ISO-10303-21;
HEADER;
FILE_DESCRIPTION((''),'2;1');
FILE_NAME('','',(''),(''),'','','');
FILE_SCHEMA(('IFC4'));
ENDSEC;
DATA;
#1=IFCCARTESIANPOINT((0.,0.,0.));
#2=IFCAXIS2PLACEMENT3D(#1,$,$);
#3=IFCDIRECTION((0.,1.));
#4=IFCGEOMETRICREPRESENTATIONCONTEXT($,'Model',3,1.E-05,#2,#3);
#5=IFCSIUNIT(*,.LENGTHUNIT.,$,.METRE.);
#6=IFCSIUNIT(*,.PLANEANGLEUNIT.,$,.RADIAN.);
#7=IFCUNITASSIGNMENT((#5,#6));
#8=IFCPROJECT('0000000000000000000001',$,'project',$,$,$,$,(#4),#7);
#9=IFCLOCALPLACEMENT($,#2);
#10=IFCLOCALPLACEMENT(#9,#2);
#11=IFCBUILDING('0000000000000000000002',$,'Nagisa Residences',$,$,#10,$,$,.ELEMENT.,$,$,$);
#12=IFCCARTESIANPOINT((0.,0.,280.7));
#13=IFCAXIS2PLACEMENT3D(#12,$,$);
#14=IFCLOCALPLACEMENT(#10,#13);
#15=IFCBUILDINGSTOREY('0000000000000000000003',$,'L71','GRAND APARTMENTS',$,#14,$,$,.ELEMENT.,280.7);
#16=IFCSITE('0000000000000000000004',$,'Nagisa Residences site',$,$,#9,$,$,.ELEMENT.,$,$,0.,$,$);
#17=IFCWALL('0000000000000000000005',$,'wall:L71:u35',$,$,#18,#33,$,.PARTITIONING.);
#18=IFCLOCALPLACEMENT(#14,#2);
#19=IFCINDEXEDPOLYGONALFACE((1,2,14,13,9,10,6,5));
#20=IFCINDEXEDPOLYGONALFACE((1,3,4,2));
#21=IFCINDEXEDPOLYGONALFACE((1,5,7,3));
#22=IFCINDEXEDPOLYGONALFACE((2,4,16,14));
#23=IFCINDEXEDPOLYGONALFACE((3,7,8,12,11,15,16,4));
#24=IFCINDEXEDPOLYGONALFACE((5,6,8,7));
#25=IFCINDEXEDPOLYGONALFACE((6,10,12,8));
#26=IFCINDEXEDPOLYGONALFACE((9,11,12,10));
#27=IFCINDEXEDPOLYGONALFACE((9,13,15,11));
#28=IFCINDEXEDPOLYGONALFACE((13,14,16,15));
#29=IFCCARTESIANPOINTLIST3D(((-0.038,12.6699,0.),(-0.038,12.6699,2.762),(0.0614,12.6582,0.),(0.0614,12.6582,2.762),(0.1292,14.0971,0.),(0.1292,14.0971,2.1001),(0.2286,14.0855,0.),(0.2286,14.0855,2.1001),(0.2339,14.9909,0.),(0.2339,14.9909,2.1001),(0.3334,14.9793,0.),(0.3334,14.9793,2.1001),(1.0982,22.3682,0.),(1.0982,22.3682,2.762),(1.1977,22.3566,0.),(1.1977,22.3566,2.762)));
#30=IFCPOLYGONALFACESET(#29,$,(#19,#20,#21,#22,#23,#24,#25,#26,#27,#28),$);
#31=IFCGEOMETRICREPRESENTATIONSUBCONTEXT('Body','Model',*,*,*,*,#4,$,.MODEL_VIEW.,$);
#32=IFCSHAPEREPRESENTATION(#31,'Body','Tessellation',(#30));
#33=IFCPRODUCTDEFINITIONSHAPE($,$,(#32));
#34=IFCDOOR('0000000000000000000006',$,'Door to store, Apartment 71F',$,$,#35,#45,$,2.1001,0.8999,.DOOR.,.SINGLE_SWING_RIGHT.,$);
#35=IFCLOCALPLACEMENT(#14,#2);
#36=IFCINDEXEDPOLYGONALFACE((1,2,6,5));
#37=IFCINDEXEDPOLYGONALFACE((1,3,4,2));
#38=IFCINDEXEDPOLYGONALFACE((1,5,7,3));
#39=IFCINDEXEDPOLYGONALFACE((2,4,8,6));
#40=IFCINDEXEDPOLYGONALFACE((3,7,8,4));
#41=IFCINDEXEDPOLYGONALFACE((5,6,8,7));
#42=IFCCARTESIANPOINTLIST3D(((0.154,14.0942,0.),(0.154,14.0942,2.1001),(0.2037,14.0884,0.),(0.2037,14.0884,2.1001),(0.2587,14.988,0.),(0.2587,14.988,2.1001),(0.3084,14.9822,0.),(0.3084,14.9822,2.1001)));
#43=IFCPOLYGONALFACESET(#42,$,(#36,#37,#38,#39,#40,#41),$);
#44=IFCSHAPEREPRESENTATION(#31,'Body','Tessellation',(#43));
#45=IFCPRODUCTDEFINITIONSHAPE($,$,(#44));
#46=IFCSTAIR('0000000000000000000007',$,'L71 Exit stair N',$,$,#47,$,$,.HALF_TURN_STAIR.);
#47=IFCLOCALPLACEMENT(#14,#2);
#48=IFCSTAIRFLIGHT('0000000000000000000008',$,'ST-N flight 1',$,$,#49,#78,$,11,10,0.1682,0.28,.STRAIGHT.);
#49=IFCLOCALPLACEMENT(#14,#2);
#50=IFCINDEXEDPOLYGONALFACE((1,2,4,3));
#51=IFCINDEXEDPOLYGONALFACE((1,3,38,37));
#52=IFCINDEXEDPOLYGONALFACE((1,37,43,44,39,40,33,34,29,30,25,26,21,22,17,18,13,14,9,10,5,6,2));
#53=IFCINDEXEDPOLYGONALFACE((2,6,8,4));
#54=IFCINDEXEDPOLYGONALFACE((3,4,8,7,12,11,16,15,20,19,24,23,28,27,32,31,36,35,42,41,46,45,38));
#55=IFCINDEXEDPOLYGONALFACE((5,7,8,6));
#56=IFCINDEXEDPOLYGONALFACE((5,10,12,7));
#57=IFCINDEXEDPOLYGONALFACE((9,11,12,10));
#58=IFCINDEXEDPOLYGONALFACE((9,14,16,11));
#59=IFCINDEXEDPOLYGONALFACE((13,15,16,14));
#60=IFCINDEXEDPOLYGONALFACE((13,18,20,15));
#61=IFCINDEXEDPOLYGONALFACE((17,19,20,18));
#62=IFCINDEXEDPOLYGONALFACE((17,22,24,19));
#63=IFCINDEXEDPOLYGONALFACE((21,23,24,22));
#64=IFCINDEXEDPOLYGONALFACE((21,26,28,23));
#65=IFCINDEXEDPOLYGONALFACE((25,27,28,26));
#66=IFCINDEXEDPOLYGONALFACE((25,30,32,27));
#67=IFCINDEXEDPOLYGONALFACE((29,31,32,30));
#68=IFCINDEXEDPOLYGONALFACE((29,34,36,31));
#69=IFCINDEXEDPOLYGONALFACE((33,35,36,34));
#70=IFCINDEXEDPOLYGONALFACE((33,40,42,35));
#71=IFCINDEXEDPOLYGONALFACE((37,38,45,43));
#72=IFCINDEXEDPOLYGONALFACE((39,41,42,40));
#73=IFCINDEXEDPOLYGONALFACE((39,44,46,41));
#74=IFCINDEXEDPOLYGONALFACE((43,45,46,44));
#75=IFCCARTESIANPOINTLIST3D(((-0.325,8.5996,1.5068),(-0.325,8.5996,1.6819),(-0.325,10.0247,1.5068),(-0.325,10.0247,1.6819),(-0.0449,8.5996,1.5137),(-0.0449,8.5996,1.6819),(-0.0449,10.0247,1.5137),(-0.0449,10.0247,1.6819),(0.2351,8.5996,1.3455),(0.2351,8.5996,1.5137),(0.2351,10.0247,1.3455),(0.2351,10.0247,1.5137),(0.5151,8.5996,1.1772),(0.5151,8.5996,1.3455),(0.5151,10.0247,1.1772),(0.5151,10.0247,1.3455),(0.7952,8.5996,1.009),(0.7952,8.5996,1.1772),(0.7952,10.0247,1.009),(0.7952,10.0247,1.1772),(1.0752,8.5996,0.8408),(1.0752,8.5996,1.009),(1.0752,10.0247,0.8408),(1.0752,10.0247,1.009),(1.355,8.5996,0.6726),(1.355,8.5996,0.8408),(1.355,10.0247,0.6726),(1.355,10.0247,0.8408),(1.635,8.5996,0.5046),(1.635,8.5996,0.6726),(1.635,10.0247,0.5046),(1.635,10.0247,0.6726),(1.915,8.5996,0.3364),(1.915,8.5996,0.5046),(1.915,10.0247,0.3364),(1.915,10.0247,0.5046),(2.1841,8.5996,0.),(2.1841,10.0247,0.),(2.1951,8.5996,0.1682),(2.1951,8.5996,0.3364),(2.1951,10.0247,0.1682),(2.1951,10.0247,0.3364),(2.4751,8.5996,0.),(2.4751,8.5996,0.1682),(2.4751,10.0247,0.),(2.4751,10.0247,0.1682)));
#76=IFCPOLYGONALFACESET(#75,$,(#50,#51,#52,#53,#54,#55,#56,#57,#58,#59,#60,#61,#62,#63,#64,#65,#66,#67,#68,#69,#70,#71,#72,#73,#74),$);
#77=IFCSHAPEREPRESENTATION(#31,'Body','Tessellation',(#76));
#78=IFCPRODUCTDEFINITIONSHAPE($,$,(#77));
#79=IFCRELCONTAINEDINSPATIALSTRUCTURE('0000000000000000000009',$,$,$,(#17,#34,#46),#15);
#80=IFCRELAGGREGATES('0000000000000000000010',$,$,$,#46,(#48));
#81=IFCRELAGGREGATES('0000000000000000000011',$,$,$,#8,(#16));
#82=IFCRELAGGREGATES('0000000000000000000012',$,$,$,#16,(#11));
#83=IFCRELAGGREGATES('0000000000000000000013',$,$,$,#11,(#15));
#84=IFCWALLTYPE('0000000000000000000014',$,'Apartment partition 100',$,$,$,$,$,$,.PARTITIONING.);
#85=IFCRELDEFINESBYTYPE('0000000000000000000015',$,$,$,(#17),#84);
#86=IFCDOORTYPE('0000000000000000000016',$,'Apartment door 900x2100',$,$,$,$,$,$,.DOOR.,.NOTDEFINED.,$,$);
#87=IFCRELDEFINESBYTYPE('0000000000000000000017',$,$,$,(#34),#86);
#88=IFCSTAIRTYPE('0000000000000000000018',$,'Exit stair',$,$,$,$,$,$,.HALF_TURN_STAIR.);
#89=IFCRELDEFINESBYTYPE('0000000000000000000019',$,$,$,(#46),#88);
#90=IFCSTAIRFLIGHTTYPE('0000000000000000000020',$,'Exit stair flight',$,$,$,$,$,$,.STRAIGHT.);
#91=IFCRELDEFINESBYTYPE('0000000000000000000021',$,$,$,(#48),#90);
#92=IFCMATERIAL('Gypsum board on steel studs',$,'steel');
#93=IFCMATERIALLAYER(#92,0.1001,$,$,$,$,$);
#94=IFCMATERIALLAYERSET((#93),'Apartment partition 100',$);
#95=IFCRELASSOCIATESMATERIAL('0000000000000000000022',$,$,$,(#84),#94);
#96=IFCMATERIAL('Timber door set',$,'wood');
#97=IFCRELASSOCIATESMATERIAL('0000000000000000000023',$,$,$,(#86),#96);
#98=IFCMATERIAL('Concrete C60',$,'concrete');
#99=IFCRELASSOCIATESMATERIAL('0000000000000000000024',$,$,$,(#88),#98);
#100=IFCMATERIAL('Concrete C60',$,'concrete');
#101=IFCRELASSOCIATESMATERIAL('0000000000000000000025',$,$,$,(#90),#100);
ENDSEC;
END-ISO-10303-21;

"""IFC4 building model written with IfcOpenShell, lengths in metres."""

from ifc_helpers import new_model, si_unit, direction, frame, frame_2d, origin, place, context, subcontext, project, spatial, polyline, rectangle, outline, extrude, material, layer, layer_set, type_object, element, fill, aggregate, save


model = new_model("IFC4")

# Units and contexts
model_context = context("Model", 3, precision=1e-05, world=origin(), true_north=direction((0.0, 1.0)))
body_context = subcontext(model_context, "Body", "Model", "MODEL_VIEW")
ifc_project = project(units=[si_unit("LENGTHUNIT", "METRE"), si_unit("PLANEANGLEUNIT", "RADIAN")], contexts=[model_context])

# Site, building, storey
site_placement = place(None, origin())
site = spatial("IfcSite", under=ifc_project, at=site_placement, Name="Nagisa Residences site", CompositionType="ELEMENT", RefElevation=0.0)
building_placement = place(site_placement, origin())
building = spatial("IfcBuilding", under=site, at=building_placement, Name="Nagisa Residences", CompositionType="ELEMENT")
storey_placement = place(building_placement, frame((0.0, 0.0, 280.7)))
storey = spatial("IfcBuildingStorey", under=building, at=storey_placement, Name="L71", Description="GRAND APARTMENTS", CompositionType="ELEMENT", Elevation=280.7)

# Shared definitions
ifc_material_1 = material(Name="Gypsum board on steel studs", Category="steel")
ifc_layer_1 = layer(ifc_material_1, 0.1001)
ifc_layer_set_1 = layer_set([ifc_layer_1], Name="Apartment partition 100")
wall_type_1 = type_object("IfcWallType", Name="Apartment partition 100", PredefinedType="PARTITIONING", material=ifc_layer_set_1)
ifc_material_2 = material(Name="Timber door set", Category="wood")
door_type_1 = type_object("IfcDoorType", Name="Apartment door 900x2100", OperationType="NOTDEFINED", PredefinedType="DOOR", material=ifc_material_2)

# Wall, opening, door
wall_1_placement = place(storey_placement, frame((0.0117, 12.6641, 0.0), z_axis=(0.0, 0.0, 1.0), x_axis=(0.116363, 0.993207, 0.0)))
wall_1 = element("IfcWall", 1, at=wall_1_placement, inside=storey, type_object=wall_type_1, Name="wall:L71:u35", PredefinedType="PARTITIONING", context=body_context, shape_type="SweptSolid", body=[
    extrude(rectangle(XDim=9.7646, YDim=0.1001, at=frame_2d((4.8823, 0.0))), origin(), (0.0, 0.0, 1.0), 2.762),
])
opening_1_placement = place(wall_1_placement, frame((1.437, 0.0, 0.0)))
opening_1 = element("IfcOpeningElement", 2, at=opening_1_placement, cuts=wall_1, PredefinedType="OPENING", context=body_context, shape_type="SweptSolid", body=[
    extrude(rectangle(XDim=0.8999, YDim=2.1001, at=frame_2d((0.45, 1.05))), frame((0.0, 0.0601, 0.0), z_axis=(0.0, -1.0, 0.0), x_axis=(1.0, 0.0, 0.0)), (0.0, 0.0, 1.0), 0.1201),
])
door_1_placement = place(opening_1_placement, frame((0.8999, 0.0, 0.0), x_axis=(-1.0, 0.0, 0.0)))
door_1 = element("IfcDoor", 3, at=door_1_placement, inside=storey, type_object=door_type_1, Name="Door to store, Apartment 71F", OperationType="SINGLE_SWING_RIGHT", OverallHeight=2.1001, OverallWidth=0.8999, PredefinedType="DOOR", context=body_context, shape_type="SweptSolid", body=[
    extrude(rectangle(XDim=0.8999, YDim=2.1001, at=frame_2d((0.45, 1.05))), frame((0.0, 0.0249, 0.0), z_axis=(0.0, -1.0, 0.0), x_axis=(1.0, 0.0, 0.0)), (0.0, 0.0, 1.0), 0.05),
])
fill(opening_1, door_1)

# Stair, stair flight
ifc_material_3 = material(Name="Concrete C60", Category="concrete")
stair_type = type_object("IfcStairType", Name="Exit stair", PredefinedType="HALF_TURN_STAIR", material=ifc_material_3)
stair_placement = place(storey_placement, origin())
stair = element("IfcStair", 4, at=stair_placement, inside=storey, type_object=stair_type, Name="L71 Exit stair N", PredefinedType="HALF_TURN_STAIR")
ifc_material_4 = material(Name="Concrete C60", Category="concrete")
stair_flight_type = type_object("IfcStairFlightType", Name="Exit stair flight", PredefinedType="STRAIGHT", material=ifc_material_4)
stair_flight_placement = place(storey_placement, frame((2.4751, 9.312, 0.0), z_axis=(0.0, 0.0, 1.0), x_axis=(-1.0, 0.0, 0.0)))
stair_flight = element("IfcStairFlight", 5, at=stair_flight_placement, type_object=stair_flight_type, Name="ST-N flight 1", NumberOfRisers=11, NumberOfTreads=10, PredefinedType="STRAIGHT", RiserHeight=0.1682, TreadLength=0.28, context=body_context, shape_type="SweptSolid", body=[
    extrude(outline(polyline([(0.0, 0.0), (0.0, 0.1682), (0.28, 0.1682), (0.28, 0.3364), (0.5601, 0.3364), (0.5601, 0.5046), (0.8401, 0.5046), (0.8401, 0.6726), (1.1201, 0.6726), (1.1201, 0.8408), (1.3999, 0.8408), (1.3999, 1.009), (1.6799, 1.009), (1.6799, 1.1772), (1.96, 1.1772), (1.96, 1.3455), (2.24, 1.3455), (2.24, 1.5137), (2.52, 1.5137), (2.52, 1.6819), (2.8, 1.6819), (2.8, 1.8501), (2.8, 1.5068), (0.291, 0.0), (0.0, 0.0)])), frame((0.0, 0.7124, 0.0), z_axis=(0.0, -1.0, 0.0), x_axis=(1.0, 0.0, 0.0)), (0.0, 0.0, 1.0), 1.425),
])
aggregate(stair, [stair_flight])

save(model, "model.ifc")
